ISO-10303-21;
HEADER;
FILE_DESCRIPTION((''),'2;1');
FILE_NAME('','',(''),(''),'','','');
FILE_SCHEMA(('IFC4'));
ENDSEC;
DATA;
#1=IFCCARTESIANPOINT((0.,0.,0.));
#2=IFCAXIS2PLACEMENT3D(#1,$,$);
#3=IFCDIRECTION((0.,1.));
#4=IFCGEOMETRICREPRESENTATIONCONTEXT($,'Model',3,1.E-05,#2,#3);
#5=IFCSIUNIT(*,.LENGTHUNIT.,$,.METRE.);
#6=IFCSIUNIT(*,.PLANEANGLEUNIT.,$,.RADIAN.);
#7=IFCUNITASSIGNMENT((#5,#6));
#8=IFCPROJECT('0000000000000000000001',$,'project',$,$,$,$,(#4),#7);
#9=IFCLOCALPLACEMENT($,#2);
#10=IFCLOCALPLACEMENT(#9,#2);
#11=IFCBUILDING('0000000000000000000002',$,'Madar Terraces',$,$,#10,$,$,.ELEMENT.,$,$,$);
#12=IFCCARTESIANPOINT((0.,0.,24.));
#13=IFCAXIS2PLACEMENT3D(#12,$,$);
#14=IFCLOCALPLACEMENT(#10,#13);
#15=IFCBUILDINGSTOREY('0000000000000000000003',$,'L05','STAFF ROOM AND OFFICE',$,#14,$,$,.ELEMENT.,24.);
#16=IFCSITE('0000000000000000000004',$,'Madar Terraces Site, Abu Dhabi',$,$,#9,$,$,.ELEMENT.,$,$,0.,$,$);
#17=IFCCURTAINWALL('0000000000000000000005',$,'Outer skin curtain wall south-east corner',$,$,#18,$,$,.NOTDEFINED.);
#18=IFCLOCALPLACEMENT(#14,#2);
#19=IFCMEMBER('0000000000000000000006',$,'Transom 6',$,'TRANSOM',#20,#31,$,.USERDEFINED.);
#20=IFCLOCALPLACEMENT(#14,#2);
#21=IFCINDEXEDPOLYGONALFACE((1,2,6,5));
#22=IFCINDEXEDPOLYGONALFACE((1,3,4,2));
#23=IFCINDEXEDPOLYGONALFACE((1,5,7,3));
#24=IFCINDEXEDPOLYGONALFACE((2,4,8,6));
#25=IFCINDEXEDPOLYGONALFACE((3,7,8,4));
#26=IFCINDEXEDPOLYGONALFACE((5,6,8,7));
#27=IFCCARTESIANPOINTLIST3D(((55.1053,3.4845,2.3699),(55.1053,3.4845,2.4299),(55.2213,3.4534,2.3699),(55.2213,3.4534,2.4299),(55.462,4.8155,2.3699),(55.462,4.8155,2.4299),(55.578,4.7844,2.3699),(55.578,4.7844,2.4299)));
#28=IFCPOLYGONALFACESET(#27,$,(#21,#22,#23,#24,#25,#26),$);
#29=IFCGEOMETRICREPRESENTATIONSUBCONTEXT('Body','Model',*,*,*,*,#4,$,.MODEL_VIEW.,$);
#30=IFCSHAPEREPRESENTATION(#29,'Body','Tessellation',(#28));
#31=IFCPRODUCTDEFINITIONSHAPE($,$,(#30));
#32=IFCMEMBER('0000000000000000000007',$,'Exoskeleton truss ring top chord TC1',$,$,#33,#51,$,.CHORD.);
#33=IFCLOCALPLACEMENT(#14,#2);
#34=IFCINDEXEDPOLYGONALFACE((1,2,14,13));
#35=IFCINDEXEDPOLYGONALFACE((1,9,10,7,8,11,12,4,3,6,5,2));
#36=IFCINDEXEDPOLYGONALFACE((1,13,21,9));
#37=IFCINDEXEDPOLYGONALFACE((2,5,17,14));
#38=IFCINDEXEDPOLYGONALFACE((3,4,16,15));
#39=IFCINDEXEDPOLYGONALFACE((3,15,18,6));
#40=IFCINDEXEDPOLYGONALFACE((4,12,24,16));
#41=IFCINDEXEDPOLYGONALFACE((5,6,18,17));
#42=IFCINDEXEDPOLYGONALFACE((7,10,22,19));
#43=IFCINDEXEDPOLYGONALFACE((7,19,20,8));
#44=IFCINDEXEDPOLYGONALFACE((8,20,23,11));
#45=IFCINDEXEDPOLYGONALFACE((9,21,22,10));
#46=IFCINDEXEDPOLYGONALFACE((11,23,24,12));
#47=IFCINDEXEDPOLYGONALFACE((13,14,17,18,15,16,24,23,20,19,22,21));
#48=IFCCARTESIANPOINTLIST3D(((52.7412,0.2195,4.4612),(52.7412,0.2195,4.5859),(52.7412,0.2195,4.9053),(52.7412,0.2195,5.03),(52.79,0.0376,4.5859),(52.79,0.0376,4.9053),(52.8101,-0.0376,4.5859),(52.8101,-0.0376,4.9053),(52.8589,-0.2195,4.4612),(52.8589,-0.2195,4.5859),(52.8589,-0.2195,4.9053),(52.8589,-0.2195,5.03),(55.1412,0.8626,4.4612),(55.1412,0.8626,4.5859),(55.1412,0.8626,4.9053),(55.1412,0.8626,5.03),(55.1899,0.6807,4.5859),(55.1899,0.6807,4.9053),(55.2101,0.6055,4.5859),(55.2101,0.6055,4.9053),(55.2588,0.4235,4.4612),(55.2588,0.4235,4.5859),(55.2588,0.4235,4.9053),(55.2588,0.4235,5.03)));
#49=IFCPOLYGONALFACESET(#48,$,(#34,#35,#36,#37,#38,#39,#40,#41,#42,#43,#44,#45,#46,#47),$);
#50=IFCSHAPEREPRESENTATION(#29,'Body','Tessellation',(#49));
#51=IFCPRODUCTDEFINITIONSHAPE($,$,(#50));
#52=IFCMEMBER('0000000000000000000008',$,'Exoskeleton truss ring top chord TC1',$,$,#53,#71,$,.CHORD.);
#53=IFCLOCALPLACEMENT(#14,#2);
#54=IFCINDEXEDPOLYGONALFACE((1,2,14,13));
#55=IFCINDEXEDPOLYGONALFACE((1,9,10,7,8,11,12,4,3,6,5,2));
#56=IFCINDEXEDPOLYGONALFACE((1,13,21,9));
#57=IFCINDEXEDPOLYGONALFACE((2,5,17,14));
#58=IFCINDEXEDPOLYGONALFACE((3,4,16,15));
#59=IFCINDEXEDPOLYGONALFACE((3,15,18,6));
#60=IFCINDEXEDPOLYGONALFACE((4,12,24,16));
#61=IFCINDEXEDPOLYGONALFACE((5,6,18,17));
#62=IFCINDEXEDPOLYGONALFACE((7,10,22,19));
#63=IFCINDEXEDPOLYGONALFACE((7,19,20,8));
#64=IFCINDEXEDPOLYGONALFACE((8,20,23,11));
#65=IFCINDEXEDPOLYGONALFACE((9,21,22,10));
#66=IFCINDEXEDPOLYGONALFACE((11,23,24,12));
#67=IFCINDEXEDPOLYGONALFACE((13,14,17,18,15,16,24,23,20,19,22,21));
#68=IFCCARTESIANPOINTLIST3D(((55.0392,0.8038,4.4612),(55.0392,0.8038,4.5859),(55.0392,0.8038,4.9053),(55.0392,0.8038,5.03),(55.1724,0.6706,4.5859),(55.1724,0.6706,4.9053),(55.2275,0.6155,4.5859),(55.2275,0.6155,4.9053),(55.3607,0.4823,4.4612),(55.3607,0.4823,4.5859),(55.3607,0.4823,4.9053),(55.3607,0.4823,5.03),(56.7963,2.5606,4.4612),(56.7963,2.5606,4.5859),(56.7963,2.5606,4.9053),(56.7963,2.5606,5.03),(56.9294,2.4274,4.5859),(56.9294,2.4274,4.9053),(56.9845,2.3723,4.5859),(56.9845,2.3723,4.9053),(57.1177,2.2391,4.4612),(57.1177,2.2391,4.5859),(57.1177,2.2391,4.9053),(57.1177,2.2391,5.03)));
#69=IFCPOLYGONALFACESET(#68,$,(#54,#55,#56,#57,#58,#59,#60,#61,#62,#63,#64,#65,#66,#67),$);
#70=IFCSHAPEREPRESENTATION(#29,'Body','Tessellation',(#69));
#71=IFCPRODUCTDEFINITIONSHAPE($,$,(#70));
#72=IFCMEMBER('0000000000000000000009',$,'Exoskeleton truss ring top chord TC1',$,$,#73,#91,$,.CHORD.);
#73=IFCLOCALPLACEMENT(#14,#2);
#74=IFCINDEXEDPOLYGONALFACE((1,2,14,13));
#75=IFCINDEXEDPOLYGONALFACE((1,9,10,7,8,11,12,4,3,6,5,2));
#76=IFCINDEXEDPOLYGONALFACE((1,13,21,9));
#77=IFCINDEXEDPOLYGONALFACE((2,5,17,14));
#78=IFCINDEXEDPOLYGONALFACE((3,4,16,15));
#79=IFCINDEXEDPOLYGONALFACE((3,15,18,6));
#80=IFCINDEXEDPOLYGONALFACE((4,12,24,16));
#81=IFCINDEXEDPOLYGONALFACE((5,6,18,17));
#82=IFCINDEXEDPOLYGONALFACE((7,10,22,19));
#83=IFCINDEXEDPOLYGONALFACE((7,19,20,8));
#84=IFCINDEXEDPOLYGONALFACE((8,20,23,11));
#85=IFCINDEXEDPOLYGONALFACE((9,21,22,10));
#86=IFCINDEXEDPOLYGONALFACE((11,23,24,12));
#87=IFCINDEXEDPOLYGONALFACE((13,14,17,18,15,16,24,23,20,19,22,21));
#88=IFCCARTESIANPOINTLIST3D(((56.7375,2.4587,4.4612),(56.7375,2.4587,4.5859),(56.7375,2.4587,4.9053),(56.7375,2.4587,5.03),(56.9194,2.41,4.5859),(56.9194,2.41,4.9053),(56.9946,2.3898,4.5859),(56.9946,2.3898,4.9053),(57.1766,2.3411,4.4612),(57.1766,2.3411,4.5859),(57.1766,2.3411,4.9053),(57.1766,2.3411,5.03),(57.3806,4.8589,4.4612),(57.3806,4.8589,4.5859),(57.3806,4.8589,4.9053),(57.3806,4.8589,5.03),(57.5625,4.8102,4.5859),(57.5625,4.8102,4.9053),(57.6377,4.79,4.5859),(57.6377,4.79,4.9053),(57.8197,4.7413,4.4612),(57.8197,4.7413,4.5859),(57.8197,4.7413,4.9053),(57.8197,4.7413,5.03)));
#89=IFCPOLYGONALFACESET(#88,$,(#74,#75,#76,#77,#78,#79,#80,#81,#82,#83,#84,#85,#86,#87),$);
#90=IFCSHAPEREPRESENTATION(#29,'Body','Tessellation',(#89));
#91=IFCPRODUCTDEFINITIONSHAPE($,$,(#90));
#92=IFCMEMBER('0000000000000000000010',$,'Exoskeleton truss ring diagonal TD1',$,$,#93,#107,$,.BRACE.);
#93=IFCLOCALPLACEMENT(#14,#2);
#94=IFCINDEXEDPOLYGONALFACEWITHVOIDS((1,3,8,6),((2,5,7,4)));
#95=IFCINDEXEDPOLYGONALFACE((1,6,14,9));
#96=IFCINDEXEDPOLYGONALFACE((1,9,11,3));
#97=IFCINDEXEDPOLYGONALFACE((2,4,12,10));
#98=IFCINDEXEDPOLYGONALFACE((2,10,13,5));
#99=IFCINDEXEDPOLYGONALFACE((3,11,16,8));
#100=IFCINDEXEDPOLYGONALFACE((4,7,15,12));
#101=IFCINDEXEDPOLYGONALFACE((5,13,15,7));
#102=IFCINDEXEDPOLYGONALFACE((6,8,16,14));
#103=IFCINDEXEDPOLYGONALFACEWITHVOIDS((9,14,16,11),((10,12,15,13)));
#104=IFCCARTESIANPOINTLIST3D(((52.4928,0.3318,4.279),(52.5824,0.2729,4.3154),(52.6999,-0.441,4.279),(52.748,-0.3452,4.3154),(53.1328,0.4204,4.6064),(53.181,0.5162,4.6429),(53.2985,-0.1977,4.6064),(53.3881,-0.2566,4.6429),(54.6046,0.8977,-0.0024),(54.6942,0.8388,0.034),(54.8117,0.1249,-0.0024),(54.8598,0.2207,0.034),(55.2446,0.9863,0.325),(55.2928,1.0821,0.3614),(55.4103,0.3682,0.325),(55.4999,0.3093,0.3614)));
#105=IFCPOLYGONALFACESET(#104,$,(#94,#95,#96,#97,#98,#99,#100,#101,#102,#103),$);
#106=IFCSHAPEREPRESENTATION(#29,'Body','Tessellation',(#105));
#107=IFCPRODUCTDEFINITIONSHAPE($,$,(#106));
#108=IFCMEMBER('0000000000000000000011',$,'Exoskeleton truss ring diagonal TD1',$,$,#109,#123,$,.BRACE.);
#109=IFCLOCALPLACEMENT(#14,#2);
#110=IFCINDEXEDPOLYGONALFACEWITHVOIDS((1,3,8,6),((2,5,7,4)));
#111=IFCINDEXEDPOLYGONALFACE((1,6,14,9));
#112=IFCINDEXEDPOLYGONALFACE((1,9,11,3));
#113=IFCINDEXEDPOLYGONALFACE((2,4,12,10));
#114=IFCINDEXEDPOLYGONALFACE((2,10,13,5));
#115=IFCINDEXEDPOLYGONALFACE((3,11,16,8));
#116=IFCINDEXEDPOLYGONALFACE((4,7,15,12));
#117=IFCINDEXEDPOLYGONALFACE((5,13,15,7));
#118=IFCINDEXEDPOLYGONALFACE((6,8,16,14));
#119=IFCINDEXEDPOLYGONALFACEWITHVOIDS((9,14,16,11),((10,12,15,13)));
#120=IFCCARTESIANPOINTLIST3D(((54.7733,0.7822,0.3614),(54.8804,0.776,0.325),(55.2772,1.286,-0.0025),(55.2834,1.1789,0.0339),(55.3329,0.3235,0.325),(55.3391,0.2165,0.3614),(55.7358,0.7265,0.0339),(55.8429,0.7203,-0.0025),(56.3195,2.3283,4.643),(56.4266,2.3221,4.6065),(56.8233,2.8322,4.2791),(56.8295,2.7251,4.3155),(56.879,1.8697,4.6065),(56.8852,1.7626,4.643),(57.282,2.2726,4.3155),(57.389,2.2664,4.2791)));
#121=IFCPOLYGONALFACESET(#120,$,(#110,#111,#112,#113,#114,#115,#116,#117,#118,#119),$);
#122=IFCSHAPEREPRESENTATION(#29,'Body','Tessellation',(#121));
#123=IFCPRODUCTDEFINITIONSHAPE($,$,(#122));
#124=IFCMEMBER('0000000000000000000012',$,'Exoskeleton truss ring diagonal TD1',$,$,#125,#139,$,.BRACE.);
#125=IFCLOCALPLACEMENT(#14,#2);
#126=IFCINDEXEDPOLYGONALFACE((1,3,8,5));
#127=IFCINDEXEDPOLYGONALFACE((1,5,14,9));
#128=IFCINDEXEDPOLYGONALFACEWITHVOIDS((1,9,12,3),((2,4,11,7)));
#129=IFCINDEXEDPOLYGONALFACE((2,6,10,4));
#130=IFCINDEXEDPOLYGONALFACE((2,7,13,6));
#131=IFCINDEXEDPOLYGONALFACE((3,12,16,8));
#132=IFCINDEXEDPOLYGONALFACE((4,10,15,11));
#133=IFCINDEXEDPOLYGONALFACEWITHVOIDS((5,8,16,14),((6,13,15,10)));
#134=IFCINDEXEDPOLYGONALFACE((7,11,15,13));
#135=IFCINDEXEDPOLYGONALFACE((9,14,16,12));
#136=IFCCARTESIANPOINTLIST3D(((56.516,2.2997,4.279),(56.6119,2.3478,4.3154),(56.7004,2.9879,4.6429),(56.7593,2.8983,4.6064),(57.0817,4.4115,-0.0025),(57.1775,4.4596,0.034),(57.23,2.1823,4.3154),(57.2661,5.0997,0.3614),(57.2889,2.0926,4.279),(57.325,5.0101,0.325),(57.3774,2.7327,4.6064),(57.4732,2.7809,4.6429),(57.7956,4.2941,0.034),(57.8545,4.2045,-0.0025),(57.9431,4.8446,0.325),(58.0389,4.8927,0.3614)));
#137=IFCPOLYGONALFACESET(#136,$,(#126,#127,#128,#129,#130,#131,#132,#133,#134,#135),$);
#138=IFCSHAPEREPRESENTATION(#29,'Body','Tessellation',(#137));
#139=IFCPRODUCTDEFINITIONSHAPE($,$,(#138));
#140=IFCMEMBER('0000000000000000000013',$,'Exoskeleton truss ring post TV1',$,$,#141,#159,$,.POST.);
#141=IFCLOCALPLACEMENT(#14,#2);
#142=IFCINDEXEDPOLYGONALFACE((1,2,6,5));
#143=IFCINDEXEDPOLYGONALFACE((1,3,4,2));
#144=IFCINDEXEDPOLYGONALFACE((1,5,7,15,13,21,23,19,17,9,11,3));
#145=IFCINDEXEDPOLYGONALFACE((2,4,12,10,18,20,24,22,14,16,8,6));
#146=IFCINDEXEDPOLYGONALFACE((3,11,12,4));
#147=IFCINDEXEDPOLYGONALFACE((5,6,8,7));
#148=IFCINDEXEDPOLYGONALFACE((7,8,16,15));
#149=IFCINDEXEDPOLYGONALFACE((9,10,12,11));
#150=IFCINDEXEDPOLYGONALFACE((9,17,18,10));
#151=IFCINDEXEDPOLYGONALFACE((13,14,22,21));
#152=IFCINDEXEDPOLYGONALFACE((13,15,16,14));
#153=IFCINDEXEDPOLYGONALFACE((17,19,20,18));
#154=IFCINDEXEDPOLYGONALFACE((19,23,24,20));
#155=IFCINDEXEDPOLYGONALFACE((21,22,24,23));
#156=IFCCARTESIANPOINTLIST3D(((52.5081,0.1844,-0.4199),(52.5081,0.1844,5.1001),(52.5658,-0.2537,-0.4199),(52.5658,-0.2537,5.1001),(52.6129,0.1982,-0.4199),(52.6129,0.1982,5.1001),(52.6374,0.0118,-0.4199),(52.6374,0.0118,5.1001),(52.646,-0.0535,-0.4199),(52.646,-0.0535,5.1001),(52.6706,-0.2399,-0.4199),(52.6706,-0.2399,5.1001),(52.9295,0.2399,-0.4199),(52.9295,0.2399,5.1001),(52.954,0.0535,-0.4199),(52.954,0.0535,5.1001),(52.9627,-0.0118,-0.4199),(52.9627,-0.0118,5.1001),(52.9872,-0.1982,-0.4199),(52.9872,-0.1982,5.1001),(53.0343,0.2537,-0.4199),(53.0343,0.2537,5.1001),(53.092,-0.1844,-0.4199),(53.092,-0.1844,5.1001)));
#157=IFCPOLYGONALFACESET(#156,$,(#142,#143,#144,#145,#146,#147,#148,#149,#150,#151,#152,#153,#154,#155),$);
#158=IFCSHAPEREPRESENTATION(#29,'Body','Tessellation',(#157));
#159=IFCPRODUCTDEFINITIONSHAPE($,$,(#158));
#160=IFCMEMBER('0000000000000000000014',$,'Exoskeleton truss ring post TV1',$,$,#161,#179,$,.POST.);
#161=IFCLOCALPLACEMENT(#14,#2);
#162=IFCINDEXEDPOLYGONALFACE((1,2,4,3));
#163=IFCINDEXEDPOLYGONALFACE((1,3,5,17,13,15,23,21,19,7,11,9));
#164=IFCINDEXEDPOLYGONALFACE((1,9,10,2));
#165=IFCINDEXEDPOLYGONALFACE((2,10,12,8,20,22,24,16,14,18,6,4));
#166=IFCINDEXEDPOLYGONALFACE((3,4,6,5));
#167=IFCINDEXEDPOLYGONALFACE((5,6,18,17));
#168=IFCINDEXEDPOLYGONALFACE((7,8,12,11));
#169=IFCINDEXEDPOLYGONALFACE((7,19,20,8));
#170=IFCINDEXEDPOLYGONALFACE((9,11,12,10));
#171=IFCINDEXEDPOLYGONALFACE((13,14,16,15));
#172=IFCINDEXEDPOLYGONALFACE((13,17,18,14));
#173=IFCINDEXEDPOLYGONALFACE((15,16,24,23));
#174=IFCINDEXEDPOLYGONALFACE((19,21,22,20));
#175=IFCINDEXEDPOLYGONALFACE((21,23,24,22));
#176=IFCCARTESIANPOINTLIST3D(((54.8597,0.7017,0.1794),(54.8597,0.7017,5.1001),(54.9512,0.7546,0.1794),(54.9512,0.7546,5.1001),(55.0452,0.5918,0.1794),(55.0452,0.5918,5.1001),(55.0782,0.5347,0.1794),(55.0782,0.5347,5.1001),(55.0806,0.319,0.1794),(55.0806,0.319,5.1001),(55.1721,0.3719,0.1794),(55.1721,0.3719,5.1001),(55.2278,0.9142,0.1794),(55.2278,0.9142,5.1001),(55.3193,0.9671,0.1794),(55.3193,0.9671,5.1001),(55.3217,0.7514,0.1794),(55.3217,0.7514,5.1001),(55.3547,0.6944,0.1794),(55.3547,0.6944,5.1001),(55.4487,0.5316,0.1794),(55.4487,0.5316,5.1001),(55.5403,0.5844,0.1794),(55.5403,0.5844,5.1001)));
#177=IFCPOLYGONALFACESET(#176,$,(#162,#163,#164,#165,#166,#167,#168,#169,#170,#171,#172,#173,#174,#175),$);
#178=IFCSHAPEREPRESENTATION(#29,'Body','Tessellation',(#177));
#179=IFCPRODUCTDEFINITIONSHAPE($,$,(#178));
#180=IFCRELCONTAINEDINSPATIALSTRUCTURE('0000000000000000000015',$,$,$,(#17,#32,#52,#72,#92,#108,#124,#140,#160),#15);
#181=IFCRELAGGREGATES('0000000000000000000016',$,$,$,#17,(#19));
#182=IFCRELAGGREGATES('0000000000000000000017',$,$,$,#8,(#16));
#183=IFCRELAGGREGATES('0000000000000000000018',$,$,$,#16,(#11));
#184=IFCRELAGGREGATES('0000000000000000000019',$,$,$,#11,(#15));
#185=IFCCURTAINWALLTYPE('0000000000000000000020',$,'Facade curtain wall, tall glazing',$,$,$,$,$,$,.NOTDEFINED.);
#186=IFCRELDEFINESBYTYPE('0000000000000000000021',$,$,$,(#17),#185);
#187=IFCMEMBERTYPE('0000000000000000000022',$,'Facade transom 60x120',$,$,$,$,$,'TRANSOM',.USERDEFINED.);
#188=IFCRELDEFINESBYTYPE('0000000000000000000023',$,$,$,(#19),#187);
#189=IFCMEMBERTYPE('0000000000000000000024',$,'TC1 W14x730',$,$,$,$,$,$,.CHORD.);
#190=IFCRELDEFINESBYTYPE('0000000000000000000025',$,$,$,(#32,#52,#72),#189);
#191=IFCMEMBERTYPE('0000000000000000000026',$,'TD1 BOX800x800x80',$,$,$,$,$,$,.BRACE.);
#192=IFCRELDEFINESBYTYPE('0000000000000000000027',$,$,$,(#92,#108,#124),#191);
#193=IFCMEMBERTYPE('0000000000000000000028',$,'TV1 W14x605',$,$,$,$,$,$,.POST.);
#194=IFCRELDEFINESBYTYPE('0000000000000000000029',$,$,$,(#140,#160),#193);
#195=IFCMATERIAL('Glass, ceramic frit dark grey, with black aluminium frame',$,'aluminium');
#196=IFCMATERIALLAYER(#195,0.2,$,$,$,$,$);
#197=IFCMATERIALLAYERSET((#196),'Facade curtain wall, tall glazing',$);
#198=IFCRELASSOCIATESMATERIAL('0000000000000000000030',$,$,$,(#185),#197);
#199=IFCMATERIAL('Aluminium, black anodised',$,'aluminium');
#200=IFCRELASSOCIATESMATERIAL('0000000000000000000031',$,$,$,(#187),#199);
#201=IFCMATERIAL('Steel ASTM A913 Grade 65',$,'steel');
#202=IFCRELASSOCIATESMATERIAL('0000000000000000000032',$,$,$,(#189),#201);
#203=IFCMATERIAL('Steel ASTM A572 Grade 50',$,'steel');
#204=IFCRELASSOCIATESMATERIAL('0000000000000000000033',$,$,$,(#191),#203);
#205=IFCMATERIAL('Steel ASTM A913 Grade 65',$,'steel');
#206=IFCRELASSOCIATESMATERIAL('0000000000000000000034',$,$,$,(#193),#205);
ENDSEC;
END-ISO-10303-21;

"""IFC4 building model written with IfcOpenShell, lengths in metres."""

from ifc_helpers import new_model, si_unit, direction, frame, origin, origin_2d, place, context, subcontext, project, spatial, rectangle, hollow_rectangle, i_section, extrude, material, layer, layer_set, material_profile, profile_set, type_object, element, aggregate, save


model = new_model("IFC4")

# Units and contexts
model_context = context("Model", 3, precision=1e-05, world=origin(), true_north=direction((0.0, 1.0)))
body_context = subcontext(model_context, "Body", "Model", "MODEL_VIEW")
ifc_project = project(units=[si_unit("LENGTHUNIT", "METRE"), si_unit("PLANEANGLEUNIT", "RADIAN")], contexts=[model_context])

# Site, building, storey
site_placement = place(None, origin())
site = spatial("IfcSite", under=ifc_project, at=site_placement, Name="Madar Terraces Site, Abu Dhabi", CompositionType="ELEMENT", RefElevation=0.0)
building_placement = place(site_placement, origin())
building = spatial("IfcBuilding", under=site, at=building_placement, Name="Madar Terraces", CompositionType="ELEMENT")
storey_placement = place(building_placement, frame((0.0, 0.0, 24.0)))
storey = spatial("IfcBuildingStorey", under=building, at=storey_placement, Name="L05", Description="STAFF ROOM AND OFFICE", CompositionType="ELEMENT", Elevation=24.0)

# Curtain wall
ifc_material_1 = material(Name="Glass, ceramic frit dark grey, with black aluminium frame", Category="aluminium")
ifc_layer_1 = layer(ifc_material_1, 0.2)
ifc_layer_set_1 = layer_set([ifc_layer_1], Name="Facade curtain wall, tall glazing")
curtain_wall_type = type_object("IfcCurtainWallType", Name="Facade curtain wall, tall glazing", PredefinedType="NOTDEFINED", material=ifc_layer_set_1)
curtain_wall_1_placement = place(storey_placement, origin())
curtain_wall_1 = element("IfcCurtainWall", 1, at=curtain_wall_1_placement, inside=storey, type_object=curtain_wall_type, Name="Outer skin curtain wall south-east corner", PredefinedType="NOTDEFINED")
ifc_material_2 = material(Name="Aluminium, black anodised", Category="aluminium")
ifc_material_profile_1 = material_profile(ifc_material_2, rectangle(XDim=0.1201, YDim=0.0601, at=origin_2d()), Name="Facade transom 60x120")
ifc_profile_set_1 = profile_set([ifc_material_profile_1], Name="Aluminium, black anodised")
member_type_1 = type_object("IfcMemberType", Name="Facade transom 60x120", ElementType="TRANSOM", PredefinedType="USERDEFINED", material=ifc_profile_set_1)

# Member
member_1_placement = place(storey_placement, frame((55.1633, 3.469, 2.3999), z_axis=(0.258842, 0.96592, 0.0), x_axis=(-0.96592, 0.258842, 0.0)))
member_1 = element("IfcMember", 2, at=member_1_placement, type_object=member_type_1, Name="Transom 6", ObjectType="TRANSOM", PredefinedType="USERDEFINED", context=body_context, shape_type="SweptSolid", body=[
    extrude(rectangle(XDim=0.1201, YDim=0.0601, at=origin_2d()), origin(), (0.0, 0.0, 1.0), 1.3779),
])

# Members
ifc_material_3 = material(Name="Steel ASTM A913 Grade 65", Category="steel")
ifc_material_profile_2 = material_profile(ifc_material_3, i_section(OverallWidth=0.4546, OverallDepth=0.5688, WebThickness=0.0779, FlangeThickness=0.1248, at=origin_2d()), Name="W14x730")
ifc_profile_set_2 = profile_set([ifc_material_profile_2], Name="Steel ASTM A913 Grade 65")
member_type_2 = type_object("IfcMemberType", Name="TC1 W14x730", PredefinedType="CHORD", material=ifc_profile_set_2)
for number, where, z_axis, x_axis, name in (
    (3, (52.8, 0.0, 4.7456), (0.965924, 0.258824, 0.0), (-0.258824, 0.965924, 0.0), "Exoskeleton truss ring top chord TC1"),
    (4, (55.2, 0.6431, 4.7456), (0.707156, 0.707058, 0.0), (-0.707058, 0.707156, 0.0), "Exoskeleton truss ring top chord TC1"),
):
    element("IfcMember", number, at=place(storey_placement, frame(where, z_axis=z_axis, x_axis=x_axis)), inside=storey, type_object=member_type_2, Name=name, PredefinedType="CHORD", context=body_context, shape_type="SweptSolid", body=[
        extrude(i_section(OverallWidth=0.4546, OverallDepth=0.5688, WebThickness=0.0779, FlangeThickness=0.1248, at=origin_2d()), origin(), (0.0, 0.0, 1.0), 2.4846),
    ])
member_2_placement = place(storey_placement, frame((56.957, 2.3999, 4.7456), z_axis=(0.2588, 0.965931, 0.0), x_axis=(-0.965931, 0.2588, 0.0)))
element("IfcMember", 5, at=member_2_placement, inside=storey, type_object=member_type_2, Name="Exoskeleton truss ring top chord TC1", PredefinedType="CHORD", context=body_context, shape_type="SweptSolid", body=[
    extrude(i_section(OverallWidth=0.4546, OverallDepth=0.5688, WebThickness=0.0779, FlangeThickness=0.1248, at=origin_2d()), origin(), (0.0, 0.0, 1.0), 2.4849),
])
ifc_material_4 = material(Name="Steel ASTM A572 Grade 50", Category="steel")
ifc_material_profile_3 = material_profile(ifc_material_4, hollow_rectangle(XDim=0.8, YDim=0.8, WallThickness=0.0801, at=origin_2d()), Name="BOX800x800x80")
ifc_profile_set_3 = profile_set([ifc_material_profile_3], Name="Steel ASTM A572 Grade 50")
member_type_3 = type_object("IfcMemberType", Name="TD1 BOX800x800x80", PredefinedType="BRACE", material=ifc_profile_set_3)
member_3_placement = place(storey_placement, frame((52.9404, 0.0376, 4.4609), z_axis=(0.439283, 0.117718, -0.890602), x_axis=(-0.258844, 0.965919, 0.0)))
element("IfcMember", 6, at=member_3_placement, inside=storey, type_object=member_type_3, Name="Exoskeleton truss ring diagonal TD1", PredefinedType="BRACE", context=body_context, shape_type="SweptSolid", body=[
    extrude(hollow_rectangle(XDim=0.8, YDim=0.8, WallThickness=0.0801, at=origin_2d()), origin(), (0.0, 0.0, 1.0), 4.8074),
])
member_4_placement = place(storey_placement, frame((55.3081, 0.7512, 0.1794), z_axis=(0.321609, 0.321609, 0.890582), x_axis=(-0.707107, 0.707107, 0.0)))
element("IfcMember", 7, at=member_4_placement, inside=storey, type_object=member_type_3, Name="Exoskeleton truss ring diagonal TD1", PredefinedType="BRACE", context=body_context, shape_type="SweptSolid", body=[
    extrude(hollow_rectangle(XDim=0.8, YDim=0.8, WallThickness=0.0801, at=origin_2d()), origin(), (0.0, 0.0, 1.0), 4.8076),
])
member_5_placement = place(storey_placement, frame((56.9946, 2.5403, 4.4609), z_axis=(0.117668, 0.439286, -0.890608), x_axis=(-0.965947, 0.25874, 0.0)))
element("IfcMember", 8, at=member_5_placement, inside=storey, type_object=member_type_3, Name="Exoskeleton truss ring diagonal TD1", PredefinedType="BRACE", context=body_context, shape_type="SweptSolid", body=[
    extrude(hollow_rectangle(XDim=0.8, YDim=0.8, WallThickness=0.0801, at=origin_2d()), origin(), (0.0, 0.0, 1.0), 4.8074),
])
ifc_material_5 = material(Name="Steel ASTM A913 Grade 65", Category="steel")
ifc_material_profile_4 = material_profile(ifc_material_5, i_section(OverallWidth=0.4419, OverallDepth=0.5308, WebThickness=0.0659, FlangeThickness=0.1057, at=origin_2d()), Name="W14x605")
ifc_profile_set_4 = profile_set([ifc_material_profile_4], Name="Steel ASTM A913 Grade 65")
member_type_4 = type_object("IfcMemberType", Name="TV1 W14x605", PredefinedType="POST", material=ifc_profile_set_4)
member_6_placement = place(storey_placement, frame((52.8, 0.0, -0.4199), z_axis=(0.0, 0.0, 1.0), x_axis=(-0.130526, 0.991445, 0.0)))
element("IfcMember", 9, at=member_6_placement, inside=storey, type_object=member_type_4, Name="Exoskeleton truss ring post TV1", PredefinedType="POST", context=body_context, shape_type="SweptSolid", body=[
    extrude(i_section(OverallWidth=0.4419, OverallDepth=0.5308, WebThickness=0.0659, FlangeThickness=0.1057, at=origin_2d()), origin(), (0.0, 0.0, 1.0), 5.52),
])
for number, where, z_axis, x_axis, name in (
    (10, (55.2, 0.6431, 0.1794), (0.0, 0.0, 1.0), (-0.5, 0.866025, 0.0), "Exoskeleton truss ring post TV1"),
):
    element("IfcMember", number, at=place(storey_placement, frame(where, z_axis=z_axis, x_axis=x_axis)), inside=storey, type_object=member_type_4, Name=name, PredefinedType="POST", context=body_context, shape_type="SweptSolid", body=[
        extrude(i_section(OverallWidth=0.4419, OverallDepth=0.5308, WebThickness=0.0659, FlangeThickness=0.1057, at=origin_2d()), origin(), (0.0, 0.0, 1.0), 4.9207),
    ])

aggregate(curtain_wall_1, [member_1])

save(model, "model.ifc")
